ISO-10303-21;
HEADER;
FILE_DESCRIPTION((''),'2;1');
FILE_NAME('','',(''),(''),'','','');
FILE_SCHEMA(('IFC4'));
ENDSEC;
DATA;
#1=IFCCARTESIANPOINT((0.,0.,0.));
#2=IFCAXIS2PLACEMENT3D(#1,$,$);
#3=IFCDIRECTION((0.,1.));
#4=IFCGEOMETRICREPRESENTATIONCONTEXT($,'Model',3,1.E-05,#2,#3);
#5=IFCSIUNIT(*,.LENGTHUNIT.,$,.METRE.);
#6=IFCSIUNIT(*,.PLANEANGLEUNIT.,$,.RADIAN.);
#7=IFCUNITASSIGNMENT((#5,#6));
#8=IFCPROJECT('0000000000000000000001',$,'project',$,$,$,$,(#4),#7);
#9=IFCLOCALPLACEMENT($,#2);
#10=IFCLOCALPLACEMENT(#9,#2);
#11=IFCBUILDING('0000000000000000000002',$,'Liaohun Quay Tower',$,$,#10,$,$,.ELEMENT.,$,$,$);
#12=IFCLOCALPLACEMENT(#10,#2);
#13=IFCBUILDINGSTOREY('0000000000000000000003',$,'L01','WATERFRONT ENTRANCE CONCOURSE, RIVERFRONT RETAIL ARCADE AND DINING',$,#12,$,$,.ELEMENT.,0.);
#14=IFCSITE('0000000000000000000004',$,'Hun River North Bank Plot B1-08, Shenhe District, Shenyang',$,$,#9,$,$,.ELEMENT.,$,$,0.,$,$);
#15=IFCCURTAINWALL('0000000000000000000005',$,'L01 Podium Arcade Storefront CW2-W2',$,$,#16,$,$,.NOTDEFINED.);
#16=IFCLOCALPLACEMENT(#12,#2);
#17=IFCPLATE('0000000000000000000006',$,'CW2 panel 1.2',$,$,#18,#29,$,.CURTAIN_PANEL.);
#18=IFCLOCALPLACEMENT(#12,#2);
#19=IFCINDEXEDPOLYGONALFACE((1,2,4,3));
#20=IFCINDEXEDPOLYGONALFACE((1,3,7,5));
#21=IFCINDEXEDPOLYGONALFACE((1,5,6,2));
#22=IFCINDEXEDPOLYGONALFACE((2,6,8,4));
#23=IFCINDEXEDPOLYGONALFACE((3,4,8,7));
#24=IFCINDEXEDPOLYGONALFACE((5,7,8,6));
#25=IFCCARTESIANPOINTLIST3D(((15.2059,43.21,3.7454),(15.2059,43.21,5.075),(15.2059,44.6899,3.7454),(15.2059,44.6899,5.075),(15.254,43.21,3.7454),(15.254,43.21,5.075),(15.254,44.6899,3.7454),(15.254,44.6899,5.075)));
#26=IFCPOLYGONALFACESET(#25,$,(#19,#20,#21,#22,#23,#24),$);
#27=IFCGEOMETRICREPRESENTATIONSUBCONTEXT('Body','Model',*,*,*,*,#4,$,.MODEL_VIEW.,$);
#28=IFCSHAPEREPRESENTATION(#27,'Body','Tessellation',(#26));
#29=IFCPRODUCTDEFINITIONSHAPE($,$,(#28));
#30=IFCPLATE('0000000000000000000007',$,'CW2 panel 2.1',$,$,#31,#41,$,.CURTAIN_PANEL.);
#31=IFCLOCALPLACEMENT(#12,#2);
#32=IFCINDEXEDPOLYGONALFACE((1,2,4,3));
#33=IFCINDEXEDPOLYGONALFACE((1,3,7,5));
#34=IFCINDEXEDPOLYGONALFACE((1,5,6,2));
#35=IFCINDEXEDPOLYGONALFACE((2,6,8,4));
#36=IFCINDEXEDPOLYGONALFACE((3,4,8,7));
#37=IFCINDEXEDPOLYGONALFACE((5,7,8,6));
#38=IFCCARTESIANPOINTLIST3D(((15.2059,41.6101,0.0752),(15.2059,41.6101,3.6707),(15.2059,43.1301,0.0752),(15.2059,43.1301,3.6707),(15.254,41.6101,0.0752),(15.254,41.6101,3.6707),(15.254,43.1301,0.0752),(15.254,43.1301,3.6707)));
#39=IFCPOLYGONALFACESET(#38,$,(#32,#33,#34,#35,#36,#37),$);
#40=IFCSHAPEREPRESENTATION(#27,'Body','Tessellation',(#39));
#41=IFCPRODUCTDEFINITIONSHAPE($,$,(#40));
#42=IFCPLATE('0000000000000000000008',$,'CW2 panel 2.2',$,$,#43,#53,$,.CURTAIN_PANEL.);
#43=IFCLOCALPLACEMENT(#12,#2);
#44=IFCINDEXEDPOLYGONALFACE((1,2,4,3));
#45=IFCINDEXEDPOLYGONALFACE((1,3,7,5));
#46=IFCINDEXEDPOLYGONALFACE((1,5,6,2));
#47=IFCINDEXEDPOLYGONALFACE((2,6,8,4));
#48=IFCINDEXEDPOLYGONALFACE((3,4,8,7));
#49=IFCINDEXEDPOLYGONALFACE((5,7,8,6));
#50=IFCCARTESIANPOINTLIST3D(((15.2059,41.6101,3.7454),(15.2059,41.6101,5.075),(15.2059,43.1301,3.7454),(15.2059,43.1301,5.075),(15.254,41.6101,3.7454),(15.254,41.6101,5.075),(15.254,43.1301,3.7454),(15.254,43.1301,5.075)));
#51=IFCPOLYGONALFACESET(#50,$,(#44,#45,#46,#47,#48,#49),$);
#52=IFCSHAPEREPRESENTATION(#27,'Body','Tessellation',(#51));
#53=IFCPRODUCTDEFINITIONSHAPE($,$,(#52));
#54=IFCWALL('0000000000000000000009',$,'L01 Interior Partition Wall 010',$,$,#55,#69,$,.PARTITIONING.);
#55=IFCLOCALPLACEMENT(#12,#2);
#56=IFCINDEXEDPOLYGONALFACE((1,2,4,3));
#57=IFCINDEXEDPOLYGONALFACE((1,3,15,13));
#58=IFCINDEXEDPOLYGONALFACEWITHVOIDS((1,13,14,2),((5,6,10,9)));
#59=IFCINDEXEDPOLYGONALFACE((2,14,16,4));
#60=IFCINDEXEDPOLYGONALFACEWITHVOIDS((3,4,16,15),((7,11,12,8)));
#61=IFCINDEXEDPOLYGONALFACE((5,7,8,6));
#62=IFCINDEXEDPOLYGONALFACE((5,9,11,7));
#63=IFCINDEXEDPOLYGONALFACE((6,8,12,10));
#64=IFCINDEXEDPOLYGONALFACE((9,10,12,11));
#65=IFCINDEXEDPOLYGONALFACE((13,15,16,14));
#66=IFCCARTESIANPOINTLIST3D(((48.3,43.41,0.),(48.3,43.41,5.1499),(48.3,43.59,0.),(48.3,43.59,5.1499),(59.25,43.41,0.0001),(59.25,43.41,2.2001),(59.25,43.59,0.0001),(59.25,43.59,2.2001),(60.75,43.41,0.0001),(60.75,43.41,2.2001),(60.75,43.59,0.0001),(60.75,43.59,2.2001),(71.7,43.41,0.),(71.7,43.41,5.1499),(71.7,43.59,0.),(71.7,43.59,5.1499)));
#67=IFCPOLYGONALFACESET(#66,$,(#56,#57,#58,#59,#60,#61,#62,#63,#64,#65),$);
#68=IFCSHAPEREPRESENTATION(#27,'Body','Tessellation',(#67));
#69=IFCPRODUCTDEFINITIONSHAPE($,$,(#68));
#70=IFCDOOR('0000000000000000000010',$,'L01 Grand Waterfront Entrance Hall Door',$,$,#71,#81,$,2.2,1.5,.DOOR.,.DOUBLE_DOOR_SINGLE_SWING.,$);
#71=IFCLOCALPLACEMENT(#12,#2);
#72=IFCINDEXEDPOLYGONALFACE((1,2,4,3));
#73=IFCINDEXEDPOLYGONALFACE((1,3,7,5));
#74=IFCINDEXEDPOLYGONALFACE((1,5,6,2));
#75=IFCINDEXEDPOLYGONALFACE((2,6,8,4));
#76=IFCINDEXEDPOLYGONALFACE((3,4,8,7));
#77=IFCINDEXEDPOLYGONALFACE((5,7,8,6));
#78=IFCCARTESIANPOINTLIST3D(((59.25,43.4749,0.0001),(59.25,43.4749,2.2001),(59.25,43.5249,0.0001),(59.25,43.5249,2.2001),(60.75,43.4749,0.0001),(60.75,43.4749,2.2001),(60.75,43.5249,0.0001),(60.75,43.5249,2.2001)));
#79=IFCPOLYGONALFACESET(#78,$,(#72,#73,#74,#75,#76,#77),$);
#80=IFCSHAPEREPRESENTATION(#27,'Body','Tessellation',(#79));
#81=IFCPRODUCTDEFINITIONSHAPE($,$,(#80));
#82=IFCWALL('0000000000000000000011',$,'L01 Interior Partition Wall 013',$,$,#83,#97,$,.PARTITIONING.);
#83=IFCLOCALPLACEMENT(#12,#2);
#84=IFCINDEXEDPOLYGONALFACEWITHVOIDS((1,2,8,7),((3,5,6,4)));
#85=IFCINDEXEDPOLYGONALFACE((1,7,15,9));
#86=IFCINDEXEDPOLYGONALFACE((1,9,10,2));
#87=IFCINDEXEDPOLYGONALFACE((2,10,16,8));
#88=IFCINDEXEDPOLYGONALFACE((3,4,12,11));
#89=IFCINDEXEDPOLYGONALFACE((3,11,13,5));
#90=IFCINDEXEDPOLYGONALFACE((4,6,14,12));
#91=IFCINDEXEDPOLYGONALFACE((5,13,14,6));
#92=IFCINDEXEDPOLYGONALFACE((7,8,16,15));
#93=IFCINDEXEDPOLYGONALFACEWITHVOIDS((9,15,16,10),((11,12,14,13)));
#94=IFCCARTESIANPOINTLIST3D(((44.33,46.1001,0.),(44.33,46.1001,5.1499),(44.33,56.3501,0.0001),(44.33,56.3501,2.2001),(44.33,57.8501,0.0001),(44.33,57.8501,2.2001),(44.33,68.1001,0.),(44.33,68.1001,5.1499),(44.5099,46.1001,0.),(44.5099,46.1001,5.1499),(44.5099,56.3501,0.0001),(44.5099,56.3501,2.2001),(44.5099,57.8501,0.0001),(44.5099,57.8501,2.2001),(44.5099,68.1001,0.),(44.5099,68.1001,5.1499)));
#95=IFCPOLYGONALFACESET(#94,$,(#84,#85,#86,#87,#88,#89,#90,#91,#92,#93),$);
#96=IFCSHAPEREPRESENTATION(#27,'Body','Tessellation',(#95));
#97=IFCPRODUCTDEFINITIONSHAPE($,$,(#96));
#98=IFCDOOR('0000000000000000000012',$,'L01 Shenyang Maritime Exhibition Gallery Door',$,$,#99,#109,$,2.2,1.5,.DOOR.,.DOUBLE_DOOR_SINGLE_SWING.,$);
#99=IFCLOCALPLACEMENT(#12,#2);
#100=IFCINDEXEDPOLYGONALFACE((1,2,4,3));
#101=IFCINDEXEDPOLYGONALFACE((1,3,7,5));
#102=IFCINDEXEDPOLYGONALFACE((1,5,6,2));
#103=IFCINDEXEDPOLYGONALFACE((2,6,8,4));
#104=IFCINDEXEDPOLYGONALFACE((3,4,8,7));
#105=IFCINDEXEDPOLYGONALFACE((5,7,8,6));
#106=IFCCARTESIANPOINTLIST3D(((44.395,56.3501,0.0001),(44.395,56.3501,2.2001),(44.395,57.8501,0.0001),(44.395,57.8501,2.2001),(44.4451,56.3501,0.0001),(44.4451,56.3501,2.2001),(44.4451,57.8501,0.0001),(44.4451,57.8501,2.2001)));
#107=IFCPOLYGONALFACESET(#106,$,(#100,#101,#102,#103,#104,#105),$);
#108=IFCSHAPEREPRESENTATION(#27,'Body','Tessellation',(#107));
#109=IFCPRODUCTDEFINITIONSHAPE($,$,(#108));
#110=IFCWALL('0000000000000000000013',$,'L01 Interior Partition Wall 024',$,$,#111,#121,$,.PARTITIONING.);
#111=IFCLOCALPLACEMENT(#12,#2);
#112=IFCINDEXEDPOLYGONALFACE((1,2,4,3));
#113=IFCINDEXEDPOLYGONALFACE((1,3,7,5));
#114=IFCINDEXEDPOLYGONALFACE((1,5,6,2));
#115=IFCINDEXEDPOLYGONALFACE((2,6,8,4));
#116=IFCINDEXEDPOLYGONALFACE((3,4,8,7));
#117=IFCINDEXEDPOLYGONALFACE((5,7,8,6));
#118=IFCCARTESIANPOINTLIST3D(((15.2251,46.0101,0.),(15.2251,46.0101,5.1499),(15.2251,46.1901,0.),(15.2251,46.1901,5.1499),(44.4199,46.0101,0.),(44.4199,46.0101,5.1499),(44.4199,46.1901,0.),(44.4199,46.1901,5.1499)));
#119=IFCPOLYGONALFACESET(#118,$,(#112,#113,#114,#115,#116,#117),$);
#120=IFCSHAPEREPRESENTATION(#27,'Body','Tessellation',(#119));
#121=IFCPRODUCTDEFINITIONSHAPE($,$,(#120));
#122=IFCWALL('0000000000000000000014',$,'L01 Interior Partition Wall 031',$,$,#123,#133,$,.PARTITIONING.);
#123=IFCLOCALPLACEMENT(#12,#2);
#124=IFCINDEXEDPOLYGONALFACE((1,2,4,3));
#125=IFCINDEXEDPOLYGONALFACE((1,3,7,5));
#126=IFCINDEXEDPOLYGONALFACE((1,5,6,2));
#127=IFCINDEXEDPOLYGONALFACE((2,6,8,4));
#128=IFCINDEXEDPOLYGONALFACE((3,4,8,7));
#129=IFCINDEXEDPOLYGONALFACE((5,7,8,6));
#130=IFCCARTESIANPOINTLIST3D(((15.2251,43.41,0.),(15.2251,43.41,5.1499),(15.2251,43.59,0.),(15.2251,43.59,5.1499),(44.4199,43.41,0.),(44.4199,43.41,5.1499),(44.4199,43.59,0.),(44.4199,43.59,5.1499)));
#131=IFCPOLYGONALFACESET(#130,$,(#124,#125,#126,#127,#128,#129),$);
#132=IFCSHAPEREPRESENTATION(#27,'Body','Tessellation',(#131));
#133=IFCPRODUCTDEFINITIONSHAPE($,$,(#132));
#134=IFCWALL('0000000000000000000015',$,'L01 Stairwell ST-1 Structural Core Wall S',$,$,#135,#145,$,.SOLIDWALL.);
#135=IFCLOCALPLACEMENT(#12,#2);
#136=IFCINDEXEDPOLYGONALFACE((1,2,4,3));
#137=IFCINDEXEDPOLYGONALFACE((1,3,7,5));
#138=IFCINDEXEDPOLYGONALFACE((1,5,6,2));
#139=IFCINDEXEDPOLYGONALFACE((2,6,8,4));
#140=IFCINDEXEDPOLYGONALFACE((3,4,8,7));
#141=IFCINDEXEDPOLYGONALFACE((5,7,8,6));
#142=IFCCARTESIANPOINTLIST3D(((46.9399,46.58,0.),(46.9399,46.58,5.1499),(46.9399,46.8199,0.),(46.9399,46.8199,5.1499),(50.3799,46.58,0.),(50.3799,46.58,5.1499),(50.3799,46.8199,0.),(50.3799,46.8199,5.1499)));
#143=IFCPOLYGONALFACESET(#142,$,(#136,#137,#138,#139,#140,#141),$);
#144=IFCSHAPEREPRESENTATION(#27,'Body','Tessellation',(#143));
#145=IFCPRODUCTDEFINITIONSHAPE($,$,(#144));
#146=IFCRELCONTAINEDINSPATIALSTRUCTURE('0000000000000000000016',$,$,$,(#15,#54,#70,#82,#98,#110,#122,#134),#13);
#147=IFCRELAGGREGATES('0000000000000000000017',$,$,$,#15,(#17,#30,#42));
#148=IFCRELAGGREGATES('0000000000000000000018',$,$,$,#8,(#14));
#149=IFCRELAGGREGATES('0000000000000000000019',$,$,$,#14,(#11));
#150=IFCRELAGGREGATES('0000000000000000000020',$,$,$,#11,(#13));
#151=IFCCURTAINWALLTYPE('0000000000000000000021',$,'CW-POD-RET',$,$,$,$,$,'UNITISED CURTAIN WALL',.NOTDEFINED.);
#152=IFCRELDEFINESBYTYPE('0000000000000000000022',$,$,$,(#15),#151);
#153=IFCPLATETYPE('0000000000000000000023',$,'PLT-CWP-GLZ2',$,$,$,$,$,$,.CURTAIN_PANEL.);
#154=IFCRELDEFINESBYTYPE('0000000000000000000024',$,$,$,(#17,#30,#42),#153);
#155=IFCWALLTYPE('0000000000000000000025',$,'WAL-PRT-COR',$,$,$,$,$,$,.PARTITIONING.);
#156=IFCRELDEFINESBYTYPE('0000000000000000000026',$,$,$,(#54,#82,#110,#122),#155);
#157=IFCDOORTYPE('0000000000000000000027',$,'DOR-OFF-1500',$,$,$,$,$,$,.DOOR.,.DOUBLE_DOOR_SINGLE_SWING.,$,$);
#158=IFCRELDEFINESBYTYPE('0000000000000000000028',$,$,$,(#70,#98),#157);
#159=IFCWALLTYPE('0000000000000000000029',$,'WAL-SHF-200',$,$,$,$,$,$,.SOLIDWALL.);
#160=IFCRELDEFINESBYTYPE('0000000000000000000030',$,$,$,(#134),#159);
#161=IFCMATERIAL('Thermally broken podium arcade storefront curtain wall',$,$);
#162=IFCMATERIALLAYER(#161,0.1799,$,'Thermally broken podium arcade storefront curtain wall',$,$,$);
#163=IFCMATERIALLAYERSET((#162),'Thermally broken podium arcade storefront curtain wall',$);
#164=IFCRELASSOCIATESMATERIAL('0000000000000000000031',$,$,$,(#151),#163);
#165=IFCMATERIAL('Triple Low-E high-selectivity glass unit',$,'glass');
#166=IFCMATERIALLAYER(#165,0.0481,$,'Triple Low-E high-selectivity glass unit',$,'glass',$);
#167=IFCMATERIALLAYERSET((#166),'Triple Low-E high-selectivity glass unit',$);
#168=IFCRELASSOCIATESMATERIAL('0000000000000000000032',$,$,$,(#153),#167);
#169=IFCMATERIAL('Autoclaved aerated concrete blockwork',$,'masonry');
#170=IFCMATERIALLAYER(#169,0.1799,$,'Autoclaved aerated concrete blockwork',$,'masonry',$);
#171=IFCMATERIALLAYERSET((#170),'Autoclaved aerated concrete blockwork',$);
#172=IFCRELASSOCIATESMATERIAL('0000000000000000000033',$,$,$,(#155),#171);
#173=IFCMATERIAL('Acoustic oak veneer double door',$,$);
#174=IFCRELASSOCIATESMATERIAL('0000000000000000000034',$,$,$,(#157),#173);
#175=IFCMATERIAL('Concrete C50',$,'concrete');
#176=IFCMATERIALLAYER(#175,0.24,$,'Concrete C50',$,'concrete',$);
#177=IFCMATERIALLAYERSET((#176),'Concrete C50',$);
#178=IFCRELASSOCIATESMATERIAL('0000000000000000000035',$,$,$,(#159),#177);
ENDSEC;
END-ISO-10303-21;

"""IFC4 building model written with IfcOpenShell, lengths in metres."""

from ifc_helpers import new_model, si_unit, direction, frame, frame_2d, origin, origin_2d, place, context, subcontext, project, spatial, rectangle, extrude, source, transform, mapped, material, layer, layer_set, type_object, element, fill, aggregate, save


model = new_model("IFC4")

# Units and contexts
model_context = context("Model", 3, precision=1e-05, world=origin(), true_north=direction((0.0, 1.0)))
body_context = subcontext(model_context, "Body", "Model", "MODEL_VIEW")
ifc_project = project(units=[si_unit("LENGTHUNIT", "METRE"), si_unit("PLANEANGLEUNIT", "RADIAN")], contexts=[model_context])

# Site, building, storey
site_placement = place(None, origin())
site = spatial("IfcSite", under=ifc_project, at=site_placement, Name="Hun River North Bank Plot B1-08, Shenhe District, Shenyang", CompositionType="ELEMENT", RefElevation=0.0)
building_placement = place(site_placement, origin())
building = spatial("IfcBuilding", under=site, at=building_placement, Name="Liaohun Quay Tower", CompositionType="ELEMENT")
storey_placement = place(building_placement, origin())
storey = spatial("IfcBuildingStorey", under=building, at=storey_placement, Name="L01", Description="WATERFRONT ENTRANCE CONCOURSE, RIVERFRONT RETAIL ARCADE AND DINING", CompositionType="ELEMENT", Elevation=0.0)

# Curtain wall, plates
ifc_material_1 = material(Name="Thermally broken podium arcade storefront curtain wall")
ifc_layer_1 = layer(ifc_material_1, 0.1799, Name="Thermally broken podium arcade storefront curtain wall")
ifc_layer_set_1 = layer_set([ifc_layer_1], Name="Thermally broken podium arcade storefront curtain wall")
curtain_wall_type = type_object("IfcCurtainWallType", Name="CW-POD-RET", ElementType="UNITISED CURTAIN WALL", PredefinedType="NOTDEFINED", material=ifc_layer_set_1)
curtain_wall_placement = place(storey_placement, origin())
curtain_wall = element("IfcCurtainWall", 1, at=curtain_wall_placement, inside=storey, type_object=curtain_wall_type, Name="L01 Podium Arcade Storefront CW2-W2", PredefinedType="NOTDEFINED")
ifc_material_2 = material(Name="Triple Low-E high-selectivity glass unit", Category="glass")
ifc_layer_2 = layer(ifc_material_2, 0.0481, Name="Triple Low-E high-selectivity glass unit", Category="glass")
ifc_layer_set_2 = layer_set([ifc_layer_2], Name="Triple Low-E high-selectivity glass unit")
plate_type = type_object("IfcPlateType", Name="PLT-CWP-GLZ2", PredefinedType="CURTAIN_PANEL", material=ifc_layer_set_2)
shared_shape_1 = source(origin(), body_context, "Body", "SweptSolid", [
    extrude(rectangle(XDim=1.48, YDim=0.0481, at=origin_2d()), origin(), (0.0, 0.0, 1.0), 1.3296),
])
plate_1_placement = place(storey_placement, frame((15.23, 43.95, 3.7454), z_axis=(0.0, 0.0, 1.0), x_axis=(0.0, -1.0, 0.0)))
plate_1 = element("IfcPlate", 2, at=plate_1_placement, type_object=plate_type, Name="CW2 panel 1.2", PredefinedType="CURTAIN_PANEL", context=body_context, shape_type="MappedRepresentation", body=[
    mapped(shared_shape_1, transform((0.0, 0.0, 0.0), x_axis=(1.0, 0.0, 0.0), y_axis=(0.0, 1.0, 0.0), z_axis=(0.0, 0.0, 1.0), scale=1.0)),
])
shared_shape_2 = source(origin(), body_context, "Body", "SweptSolid", [
    extrude(rectangle(XDim=1.52, YDim=0.0481, at=origin_2d()), origin(), (0.0, 0.0, 1.0), 3.5955),
])
plate_2_placement = place(storey_placement, frame((15.23, 42.3701, 0.0752), z_axis=(0.0, 0.0, 1.0), x_axis=(0.0, -1.0, 0.0)))
plate_2 = element("IfcPlate", 3, at=plate_2_placement, type_object=plate_type, Name="CW2 panel 2.1", PredefinedType="CURTAIN_PANEL", context=body_context, shape_type="MappedRepresentation", body=[
    mapped(shared_shape_2, transform((0.0, 0.0, 0.0), x_axis=(1.0, 0.0, 0.0), y_axis=(0.0, 1.0, 0.0), z_axis=(0.0, 0.0, 1.0), scale=1.0)),
])
shared_shape_3 = source(origin(), body_context, "Body", "SweptSolid", [
    extrude(rectangle(XDim=1.52, YDim=0.0481, at=origin_2d()), origin(), (0.0, 0.0, 1.0), 1.3296),
])
plate_3_placement = place(storey_placement, frame((15.23, 42.3701, 3.7454), z_axis=(0.0, 0.0, 1.0), x_axis=(0.0, -1.0, 0.0)))
plate_3 = element("IfcPlate", 4, at=plate_3_placement, type_object=plate_type, Name="CW2 panel 2.2", PredefinedType="CURTAIN_PANEL", context=body_context, shape_type="MappedRepresentation", body=[
    mapped(shared_shape_3, transform((0.0, 0.0, 0.0), x_axis=(1.0, 0.0, 0.0), y_axis=(0.0, 1.0, 0.0), z_axis=(0.0, 0.0, 1.0), scale=1.0)),
])
aggregate(curtain_wall, [plate_1, plate_2, plate_3])

# Walls, openings, doors
ifc_material_3 = material(Name="Autoclaved aerated concrete blockwork", Category="masonry")
ifc_layer_3 = layer(ifc_material_3, 0.1799, Name="Autoclaved aerated concrete blockwork", Category="masonry")
ifc_layer_set_3 = layer_set([ifc_layer_3], Name="Autoclaved aerated concrete blockwork")
wall_type_1 = type_object("IfcWallType", Name="WAL-PRT-COR", PredefinedType="PARTITIONING", material=ifc_layer_set_3)
wall_1_placement = place(storey_placement, frame((48.3, 43.5, 0.0), z_axis=(0.0, 0.0, 1.0), x_axis=(1.0, 0.0, 0.0)))
wall_1 = element("IfcWall", 5, at=wall_1_placement, inside=storey, type_object=wall_type_1, Name="L01 Interior Partition Wall 010", PredefinedType="PARTITIONING", context=body_context, shape_type="SweptSolid", body=[
    extrude(rectangle(XDim=23.3999, YDim=0.1799, at=frame_2d((11.7, 0.0))), origin(), (0.0, 0.0, 1.0), 5.1499),
])
shared_shape_4 = source(origin(), body_context, "Body", "SweptSolid", [
    extrude(rectangle(XDim=1.5, YDim=2.2, at=frame_2d((0.75, 1.1001))), frame((0.0, 0.0999, 0.0), z_axis=(0.0, -1.0, 0.0), x_axis=(1.0, 0.0, 0.0)), (0.0, 0.0, 1.0), 0.2),
])
opening_1_placement = place(wall_1_placement, frame((10.95, 0.0, 0.0)))
opening_1 = element("IfcOpeningElement", 6, at=opening_1_placement, cuts=wall_1, PredefinedType="OPENING", context=body_context, shape_type="MappedRepresentation", body=[
    mapped(shared_shape_4, transform((0.0, 0.0, 0.0), x_axis=(1.0, 0.0, 0.0), y_axis=(0.0, 1.0, 0.0), z_axis=(0.0, 0.0, 1.0), scale=1.0)),
])
ifc_material_4 = material(Name="Acoustic oak veneer double door")
door_type_1 = type_object("IfcDoorType", Name="DOR-OFF-1500", OperationType="DOUBLE_DOOR_SINGLE_SWING", PredefinedType="DOOR", material=ifc_material_4)
shared_shape_5 = source(origin(), body_context, "Body", "SweptSolid", [
    extrude(rectangle(XDim=1.5, YDim=2.2, at=frame_2d((0.75, 1.1001))), frame((0.0, 0.0249, 0.0), z_axis=(0.0, -1.0, 0.0), x_axis=(1.0, 0.0, 0.0)), (0.0, 0.0, 1.0), 0.05),
])
door_1_placement = place(opening_1_placement, origin())
door_1 = element("IfcDoor", 7, at=door_1_placement, inside=storey, type_object=door_type_1, Name="L01 Grand Waterfront Entrance Hall Door", OperationType="DOUBLE_DOOR_SINGLE_SWING", OverallHeight=2.2, OverallWidth=1.5, PredefinedType="DOOR", context=body_context, shape_type="MappedRepresentation", body=[
    mapped(shared_shape_5, transform((0.0, 0.0, 0.0), x_axis=(1.0, 0.0, 0.0), y_axis=(0.0, 1.0, 0.0), z_axis=(0.0, 0.0, 1.0), scale=1.0)),
])
fill(opening_1, door_1)
wall_2_placement = place(storey_placement, frame((44.4199, 46.1001, 0.0), z_axis=(0.0, 0.0, 1.0), x_axis=(0.0, 1.0, 0.0)))
wall_2 = element("IfcWall", 8, at=wall_2_placement, inside=storey, type_object=wall_type_1, Name="L01 Interior Partition Wall 013", PredefinedType="PARTITIONING", context=body_context, shape_type="SweptSolid", body=[
    extrude(rectangle(XDim=22.0, YDim=0.1799, at=frame_2d((11.0, 0.0))), origin(), (0.0, 0.0, 1.0), 5.1499),
])
opening_2_placement = place(wall_2_placement, frame((10.25, 0.0, 0.0)))
opening_2 = element("IfcOpeningElement", 9, at=opening_2_placement, cuts=wall_2, PredefinedType="OPENING", context=body_context, shape_type="MappedRepresentation", body=[
    mapped(shared_shape_4, transform((0.0, 0.0, 0.0), x_axis=(1.0, 0.0, 0.0), y_axis=(0.0, 1.0, 0.0), z_axis=(0.0, 0.0, 1.0), scale=1.0)),
])
door_2_placement = place(opening_2_placement, origin())
door_2 = element("IfcDoor", 10, at=door_2_placement, inside=storey, type_object=door_type_1, Name="L01 Shenyang Maritime Exhibition Gallery Door", OperationType="DOUBLE_DOOR_SINGLE_SWING", OverallHeight=2.2, OverallWidth=1.5, PredefinedType="DOOR", context=body_context, shape_type="MappedRepresentation", body=[
    mapped(shared_shape_5, transform((0.0, 0.0, 0.0), x_axis=(1.0, 0.0, 0.0), y_axis=(0.0, 1.0, 0.0), z_axis=(0.0, 0.0, 1.0), scale=1.0)),
])
fill(opening_2, door_2)

# Walls
for number, where, z_axis, x_axis, name in (
    (11, (15.2251, 46.1001, 0.0), (0.0, 0.0, 1.0), (1.0, 0.0, 0.0), "L01 Interior Partition Wall 024"),
    (12, (15.2251, 43.5, 0.0), (0.0, 0.0, 1.0), (1.0, 0.0, 0.0), "L01 Interior Partition Wall 031"),
):
    element("IfcWall", number, at=place(storey_placement, frame(where, z_axis=z_axis, x_axis=x_axis)), inside=storey, type_object=wall_type_1, Name=name, PredefinedType="PARTITIONING", context=body_context, shape_type="SweptSolid", body=[
        extrude(rectangle(XDim=29.1948, YDim=0.1799, at=frame_2d((14.5974, 0.0))), origin(), (0.0, 0.0, 1.0), 5.1499),
    ])
ifc_material_5 = material(Name="Concrete C50", Category="concrete")
ifc_layer_4 = layer(ifc_material_5, 0.24, Name="Concrete C50", Category="concrete")
ifc_layer_set_4 = layer_set([ifc_layer_4], Name="Concrete C50")
wall_type_2 = type_object("IfcWallType", Name="WAL-SHF-200", PredefinedType="SOLIDWALL", material=ifc_layer_set_4)
wall_3_placement = place(storey_placement, frame((46.9399, 46.7, 0.0), z_axis=(0.0, 0.0, 1.0), x_axis=(1.0, 0.0, 0.0)))
element("IfcWall", 13, at=wall_3_placement, inside=storey, type_object=wall_type_2, Name="L01 Stairwell ST-1 Structural Core Wall S", PredefinedType="SOLIDWALL", context=body_context, shape_type="SweptSolid", body=[
    extrude(rectangle(XDim=3.4399, YDim=0.24, at=frame_2d((1.72, 0.0))), origin(), (0.0, 0.0, 1.0), 5.1499),
])

save(model, "model.ifc")
